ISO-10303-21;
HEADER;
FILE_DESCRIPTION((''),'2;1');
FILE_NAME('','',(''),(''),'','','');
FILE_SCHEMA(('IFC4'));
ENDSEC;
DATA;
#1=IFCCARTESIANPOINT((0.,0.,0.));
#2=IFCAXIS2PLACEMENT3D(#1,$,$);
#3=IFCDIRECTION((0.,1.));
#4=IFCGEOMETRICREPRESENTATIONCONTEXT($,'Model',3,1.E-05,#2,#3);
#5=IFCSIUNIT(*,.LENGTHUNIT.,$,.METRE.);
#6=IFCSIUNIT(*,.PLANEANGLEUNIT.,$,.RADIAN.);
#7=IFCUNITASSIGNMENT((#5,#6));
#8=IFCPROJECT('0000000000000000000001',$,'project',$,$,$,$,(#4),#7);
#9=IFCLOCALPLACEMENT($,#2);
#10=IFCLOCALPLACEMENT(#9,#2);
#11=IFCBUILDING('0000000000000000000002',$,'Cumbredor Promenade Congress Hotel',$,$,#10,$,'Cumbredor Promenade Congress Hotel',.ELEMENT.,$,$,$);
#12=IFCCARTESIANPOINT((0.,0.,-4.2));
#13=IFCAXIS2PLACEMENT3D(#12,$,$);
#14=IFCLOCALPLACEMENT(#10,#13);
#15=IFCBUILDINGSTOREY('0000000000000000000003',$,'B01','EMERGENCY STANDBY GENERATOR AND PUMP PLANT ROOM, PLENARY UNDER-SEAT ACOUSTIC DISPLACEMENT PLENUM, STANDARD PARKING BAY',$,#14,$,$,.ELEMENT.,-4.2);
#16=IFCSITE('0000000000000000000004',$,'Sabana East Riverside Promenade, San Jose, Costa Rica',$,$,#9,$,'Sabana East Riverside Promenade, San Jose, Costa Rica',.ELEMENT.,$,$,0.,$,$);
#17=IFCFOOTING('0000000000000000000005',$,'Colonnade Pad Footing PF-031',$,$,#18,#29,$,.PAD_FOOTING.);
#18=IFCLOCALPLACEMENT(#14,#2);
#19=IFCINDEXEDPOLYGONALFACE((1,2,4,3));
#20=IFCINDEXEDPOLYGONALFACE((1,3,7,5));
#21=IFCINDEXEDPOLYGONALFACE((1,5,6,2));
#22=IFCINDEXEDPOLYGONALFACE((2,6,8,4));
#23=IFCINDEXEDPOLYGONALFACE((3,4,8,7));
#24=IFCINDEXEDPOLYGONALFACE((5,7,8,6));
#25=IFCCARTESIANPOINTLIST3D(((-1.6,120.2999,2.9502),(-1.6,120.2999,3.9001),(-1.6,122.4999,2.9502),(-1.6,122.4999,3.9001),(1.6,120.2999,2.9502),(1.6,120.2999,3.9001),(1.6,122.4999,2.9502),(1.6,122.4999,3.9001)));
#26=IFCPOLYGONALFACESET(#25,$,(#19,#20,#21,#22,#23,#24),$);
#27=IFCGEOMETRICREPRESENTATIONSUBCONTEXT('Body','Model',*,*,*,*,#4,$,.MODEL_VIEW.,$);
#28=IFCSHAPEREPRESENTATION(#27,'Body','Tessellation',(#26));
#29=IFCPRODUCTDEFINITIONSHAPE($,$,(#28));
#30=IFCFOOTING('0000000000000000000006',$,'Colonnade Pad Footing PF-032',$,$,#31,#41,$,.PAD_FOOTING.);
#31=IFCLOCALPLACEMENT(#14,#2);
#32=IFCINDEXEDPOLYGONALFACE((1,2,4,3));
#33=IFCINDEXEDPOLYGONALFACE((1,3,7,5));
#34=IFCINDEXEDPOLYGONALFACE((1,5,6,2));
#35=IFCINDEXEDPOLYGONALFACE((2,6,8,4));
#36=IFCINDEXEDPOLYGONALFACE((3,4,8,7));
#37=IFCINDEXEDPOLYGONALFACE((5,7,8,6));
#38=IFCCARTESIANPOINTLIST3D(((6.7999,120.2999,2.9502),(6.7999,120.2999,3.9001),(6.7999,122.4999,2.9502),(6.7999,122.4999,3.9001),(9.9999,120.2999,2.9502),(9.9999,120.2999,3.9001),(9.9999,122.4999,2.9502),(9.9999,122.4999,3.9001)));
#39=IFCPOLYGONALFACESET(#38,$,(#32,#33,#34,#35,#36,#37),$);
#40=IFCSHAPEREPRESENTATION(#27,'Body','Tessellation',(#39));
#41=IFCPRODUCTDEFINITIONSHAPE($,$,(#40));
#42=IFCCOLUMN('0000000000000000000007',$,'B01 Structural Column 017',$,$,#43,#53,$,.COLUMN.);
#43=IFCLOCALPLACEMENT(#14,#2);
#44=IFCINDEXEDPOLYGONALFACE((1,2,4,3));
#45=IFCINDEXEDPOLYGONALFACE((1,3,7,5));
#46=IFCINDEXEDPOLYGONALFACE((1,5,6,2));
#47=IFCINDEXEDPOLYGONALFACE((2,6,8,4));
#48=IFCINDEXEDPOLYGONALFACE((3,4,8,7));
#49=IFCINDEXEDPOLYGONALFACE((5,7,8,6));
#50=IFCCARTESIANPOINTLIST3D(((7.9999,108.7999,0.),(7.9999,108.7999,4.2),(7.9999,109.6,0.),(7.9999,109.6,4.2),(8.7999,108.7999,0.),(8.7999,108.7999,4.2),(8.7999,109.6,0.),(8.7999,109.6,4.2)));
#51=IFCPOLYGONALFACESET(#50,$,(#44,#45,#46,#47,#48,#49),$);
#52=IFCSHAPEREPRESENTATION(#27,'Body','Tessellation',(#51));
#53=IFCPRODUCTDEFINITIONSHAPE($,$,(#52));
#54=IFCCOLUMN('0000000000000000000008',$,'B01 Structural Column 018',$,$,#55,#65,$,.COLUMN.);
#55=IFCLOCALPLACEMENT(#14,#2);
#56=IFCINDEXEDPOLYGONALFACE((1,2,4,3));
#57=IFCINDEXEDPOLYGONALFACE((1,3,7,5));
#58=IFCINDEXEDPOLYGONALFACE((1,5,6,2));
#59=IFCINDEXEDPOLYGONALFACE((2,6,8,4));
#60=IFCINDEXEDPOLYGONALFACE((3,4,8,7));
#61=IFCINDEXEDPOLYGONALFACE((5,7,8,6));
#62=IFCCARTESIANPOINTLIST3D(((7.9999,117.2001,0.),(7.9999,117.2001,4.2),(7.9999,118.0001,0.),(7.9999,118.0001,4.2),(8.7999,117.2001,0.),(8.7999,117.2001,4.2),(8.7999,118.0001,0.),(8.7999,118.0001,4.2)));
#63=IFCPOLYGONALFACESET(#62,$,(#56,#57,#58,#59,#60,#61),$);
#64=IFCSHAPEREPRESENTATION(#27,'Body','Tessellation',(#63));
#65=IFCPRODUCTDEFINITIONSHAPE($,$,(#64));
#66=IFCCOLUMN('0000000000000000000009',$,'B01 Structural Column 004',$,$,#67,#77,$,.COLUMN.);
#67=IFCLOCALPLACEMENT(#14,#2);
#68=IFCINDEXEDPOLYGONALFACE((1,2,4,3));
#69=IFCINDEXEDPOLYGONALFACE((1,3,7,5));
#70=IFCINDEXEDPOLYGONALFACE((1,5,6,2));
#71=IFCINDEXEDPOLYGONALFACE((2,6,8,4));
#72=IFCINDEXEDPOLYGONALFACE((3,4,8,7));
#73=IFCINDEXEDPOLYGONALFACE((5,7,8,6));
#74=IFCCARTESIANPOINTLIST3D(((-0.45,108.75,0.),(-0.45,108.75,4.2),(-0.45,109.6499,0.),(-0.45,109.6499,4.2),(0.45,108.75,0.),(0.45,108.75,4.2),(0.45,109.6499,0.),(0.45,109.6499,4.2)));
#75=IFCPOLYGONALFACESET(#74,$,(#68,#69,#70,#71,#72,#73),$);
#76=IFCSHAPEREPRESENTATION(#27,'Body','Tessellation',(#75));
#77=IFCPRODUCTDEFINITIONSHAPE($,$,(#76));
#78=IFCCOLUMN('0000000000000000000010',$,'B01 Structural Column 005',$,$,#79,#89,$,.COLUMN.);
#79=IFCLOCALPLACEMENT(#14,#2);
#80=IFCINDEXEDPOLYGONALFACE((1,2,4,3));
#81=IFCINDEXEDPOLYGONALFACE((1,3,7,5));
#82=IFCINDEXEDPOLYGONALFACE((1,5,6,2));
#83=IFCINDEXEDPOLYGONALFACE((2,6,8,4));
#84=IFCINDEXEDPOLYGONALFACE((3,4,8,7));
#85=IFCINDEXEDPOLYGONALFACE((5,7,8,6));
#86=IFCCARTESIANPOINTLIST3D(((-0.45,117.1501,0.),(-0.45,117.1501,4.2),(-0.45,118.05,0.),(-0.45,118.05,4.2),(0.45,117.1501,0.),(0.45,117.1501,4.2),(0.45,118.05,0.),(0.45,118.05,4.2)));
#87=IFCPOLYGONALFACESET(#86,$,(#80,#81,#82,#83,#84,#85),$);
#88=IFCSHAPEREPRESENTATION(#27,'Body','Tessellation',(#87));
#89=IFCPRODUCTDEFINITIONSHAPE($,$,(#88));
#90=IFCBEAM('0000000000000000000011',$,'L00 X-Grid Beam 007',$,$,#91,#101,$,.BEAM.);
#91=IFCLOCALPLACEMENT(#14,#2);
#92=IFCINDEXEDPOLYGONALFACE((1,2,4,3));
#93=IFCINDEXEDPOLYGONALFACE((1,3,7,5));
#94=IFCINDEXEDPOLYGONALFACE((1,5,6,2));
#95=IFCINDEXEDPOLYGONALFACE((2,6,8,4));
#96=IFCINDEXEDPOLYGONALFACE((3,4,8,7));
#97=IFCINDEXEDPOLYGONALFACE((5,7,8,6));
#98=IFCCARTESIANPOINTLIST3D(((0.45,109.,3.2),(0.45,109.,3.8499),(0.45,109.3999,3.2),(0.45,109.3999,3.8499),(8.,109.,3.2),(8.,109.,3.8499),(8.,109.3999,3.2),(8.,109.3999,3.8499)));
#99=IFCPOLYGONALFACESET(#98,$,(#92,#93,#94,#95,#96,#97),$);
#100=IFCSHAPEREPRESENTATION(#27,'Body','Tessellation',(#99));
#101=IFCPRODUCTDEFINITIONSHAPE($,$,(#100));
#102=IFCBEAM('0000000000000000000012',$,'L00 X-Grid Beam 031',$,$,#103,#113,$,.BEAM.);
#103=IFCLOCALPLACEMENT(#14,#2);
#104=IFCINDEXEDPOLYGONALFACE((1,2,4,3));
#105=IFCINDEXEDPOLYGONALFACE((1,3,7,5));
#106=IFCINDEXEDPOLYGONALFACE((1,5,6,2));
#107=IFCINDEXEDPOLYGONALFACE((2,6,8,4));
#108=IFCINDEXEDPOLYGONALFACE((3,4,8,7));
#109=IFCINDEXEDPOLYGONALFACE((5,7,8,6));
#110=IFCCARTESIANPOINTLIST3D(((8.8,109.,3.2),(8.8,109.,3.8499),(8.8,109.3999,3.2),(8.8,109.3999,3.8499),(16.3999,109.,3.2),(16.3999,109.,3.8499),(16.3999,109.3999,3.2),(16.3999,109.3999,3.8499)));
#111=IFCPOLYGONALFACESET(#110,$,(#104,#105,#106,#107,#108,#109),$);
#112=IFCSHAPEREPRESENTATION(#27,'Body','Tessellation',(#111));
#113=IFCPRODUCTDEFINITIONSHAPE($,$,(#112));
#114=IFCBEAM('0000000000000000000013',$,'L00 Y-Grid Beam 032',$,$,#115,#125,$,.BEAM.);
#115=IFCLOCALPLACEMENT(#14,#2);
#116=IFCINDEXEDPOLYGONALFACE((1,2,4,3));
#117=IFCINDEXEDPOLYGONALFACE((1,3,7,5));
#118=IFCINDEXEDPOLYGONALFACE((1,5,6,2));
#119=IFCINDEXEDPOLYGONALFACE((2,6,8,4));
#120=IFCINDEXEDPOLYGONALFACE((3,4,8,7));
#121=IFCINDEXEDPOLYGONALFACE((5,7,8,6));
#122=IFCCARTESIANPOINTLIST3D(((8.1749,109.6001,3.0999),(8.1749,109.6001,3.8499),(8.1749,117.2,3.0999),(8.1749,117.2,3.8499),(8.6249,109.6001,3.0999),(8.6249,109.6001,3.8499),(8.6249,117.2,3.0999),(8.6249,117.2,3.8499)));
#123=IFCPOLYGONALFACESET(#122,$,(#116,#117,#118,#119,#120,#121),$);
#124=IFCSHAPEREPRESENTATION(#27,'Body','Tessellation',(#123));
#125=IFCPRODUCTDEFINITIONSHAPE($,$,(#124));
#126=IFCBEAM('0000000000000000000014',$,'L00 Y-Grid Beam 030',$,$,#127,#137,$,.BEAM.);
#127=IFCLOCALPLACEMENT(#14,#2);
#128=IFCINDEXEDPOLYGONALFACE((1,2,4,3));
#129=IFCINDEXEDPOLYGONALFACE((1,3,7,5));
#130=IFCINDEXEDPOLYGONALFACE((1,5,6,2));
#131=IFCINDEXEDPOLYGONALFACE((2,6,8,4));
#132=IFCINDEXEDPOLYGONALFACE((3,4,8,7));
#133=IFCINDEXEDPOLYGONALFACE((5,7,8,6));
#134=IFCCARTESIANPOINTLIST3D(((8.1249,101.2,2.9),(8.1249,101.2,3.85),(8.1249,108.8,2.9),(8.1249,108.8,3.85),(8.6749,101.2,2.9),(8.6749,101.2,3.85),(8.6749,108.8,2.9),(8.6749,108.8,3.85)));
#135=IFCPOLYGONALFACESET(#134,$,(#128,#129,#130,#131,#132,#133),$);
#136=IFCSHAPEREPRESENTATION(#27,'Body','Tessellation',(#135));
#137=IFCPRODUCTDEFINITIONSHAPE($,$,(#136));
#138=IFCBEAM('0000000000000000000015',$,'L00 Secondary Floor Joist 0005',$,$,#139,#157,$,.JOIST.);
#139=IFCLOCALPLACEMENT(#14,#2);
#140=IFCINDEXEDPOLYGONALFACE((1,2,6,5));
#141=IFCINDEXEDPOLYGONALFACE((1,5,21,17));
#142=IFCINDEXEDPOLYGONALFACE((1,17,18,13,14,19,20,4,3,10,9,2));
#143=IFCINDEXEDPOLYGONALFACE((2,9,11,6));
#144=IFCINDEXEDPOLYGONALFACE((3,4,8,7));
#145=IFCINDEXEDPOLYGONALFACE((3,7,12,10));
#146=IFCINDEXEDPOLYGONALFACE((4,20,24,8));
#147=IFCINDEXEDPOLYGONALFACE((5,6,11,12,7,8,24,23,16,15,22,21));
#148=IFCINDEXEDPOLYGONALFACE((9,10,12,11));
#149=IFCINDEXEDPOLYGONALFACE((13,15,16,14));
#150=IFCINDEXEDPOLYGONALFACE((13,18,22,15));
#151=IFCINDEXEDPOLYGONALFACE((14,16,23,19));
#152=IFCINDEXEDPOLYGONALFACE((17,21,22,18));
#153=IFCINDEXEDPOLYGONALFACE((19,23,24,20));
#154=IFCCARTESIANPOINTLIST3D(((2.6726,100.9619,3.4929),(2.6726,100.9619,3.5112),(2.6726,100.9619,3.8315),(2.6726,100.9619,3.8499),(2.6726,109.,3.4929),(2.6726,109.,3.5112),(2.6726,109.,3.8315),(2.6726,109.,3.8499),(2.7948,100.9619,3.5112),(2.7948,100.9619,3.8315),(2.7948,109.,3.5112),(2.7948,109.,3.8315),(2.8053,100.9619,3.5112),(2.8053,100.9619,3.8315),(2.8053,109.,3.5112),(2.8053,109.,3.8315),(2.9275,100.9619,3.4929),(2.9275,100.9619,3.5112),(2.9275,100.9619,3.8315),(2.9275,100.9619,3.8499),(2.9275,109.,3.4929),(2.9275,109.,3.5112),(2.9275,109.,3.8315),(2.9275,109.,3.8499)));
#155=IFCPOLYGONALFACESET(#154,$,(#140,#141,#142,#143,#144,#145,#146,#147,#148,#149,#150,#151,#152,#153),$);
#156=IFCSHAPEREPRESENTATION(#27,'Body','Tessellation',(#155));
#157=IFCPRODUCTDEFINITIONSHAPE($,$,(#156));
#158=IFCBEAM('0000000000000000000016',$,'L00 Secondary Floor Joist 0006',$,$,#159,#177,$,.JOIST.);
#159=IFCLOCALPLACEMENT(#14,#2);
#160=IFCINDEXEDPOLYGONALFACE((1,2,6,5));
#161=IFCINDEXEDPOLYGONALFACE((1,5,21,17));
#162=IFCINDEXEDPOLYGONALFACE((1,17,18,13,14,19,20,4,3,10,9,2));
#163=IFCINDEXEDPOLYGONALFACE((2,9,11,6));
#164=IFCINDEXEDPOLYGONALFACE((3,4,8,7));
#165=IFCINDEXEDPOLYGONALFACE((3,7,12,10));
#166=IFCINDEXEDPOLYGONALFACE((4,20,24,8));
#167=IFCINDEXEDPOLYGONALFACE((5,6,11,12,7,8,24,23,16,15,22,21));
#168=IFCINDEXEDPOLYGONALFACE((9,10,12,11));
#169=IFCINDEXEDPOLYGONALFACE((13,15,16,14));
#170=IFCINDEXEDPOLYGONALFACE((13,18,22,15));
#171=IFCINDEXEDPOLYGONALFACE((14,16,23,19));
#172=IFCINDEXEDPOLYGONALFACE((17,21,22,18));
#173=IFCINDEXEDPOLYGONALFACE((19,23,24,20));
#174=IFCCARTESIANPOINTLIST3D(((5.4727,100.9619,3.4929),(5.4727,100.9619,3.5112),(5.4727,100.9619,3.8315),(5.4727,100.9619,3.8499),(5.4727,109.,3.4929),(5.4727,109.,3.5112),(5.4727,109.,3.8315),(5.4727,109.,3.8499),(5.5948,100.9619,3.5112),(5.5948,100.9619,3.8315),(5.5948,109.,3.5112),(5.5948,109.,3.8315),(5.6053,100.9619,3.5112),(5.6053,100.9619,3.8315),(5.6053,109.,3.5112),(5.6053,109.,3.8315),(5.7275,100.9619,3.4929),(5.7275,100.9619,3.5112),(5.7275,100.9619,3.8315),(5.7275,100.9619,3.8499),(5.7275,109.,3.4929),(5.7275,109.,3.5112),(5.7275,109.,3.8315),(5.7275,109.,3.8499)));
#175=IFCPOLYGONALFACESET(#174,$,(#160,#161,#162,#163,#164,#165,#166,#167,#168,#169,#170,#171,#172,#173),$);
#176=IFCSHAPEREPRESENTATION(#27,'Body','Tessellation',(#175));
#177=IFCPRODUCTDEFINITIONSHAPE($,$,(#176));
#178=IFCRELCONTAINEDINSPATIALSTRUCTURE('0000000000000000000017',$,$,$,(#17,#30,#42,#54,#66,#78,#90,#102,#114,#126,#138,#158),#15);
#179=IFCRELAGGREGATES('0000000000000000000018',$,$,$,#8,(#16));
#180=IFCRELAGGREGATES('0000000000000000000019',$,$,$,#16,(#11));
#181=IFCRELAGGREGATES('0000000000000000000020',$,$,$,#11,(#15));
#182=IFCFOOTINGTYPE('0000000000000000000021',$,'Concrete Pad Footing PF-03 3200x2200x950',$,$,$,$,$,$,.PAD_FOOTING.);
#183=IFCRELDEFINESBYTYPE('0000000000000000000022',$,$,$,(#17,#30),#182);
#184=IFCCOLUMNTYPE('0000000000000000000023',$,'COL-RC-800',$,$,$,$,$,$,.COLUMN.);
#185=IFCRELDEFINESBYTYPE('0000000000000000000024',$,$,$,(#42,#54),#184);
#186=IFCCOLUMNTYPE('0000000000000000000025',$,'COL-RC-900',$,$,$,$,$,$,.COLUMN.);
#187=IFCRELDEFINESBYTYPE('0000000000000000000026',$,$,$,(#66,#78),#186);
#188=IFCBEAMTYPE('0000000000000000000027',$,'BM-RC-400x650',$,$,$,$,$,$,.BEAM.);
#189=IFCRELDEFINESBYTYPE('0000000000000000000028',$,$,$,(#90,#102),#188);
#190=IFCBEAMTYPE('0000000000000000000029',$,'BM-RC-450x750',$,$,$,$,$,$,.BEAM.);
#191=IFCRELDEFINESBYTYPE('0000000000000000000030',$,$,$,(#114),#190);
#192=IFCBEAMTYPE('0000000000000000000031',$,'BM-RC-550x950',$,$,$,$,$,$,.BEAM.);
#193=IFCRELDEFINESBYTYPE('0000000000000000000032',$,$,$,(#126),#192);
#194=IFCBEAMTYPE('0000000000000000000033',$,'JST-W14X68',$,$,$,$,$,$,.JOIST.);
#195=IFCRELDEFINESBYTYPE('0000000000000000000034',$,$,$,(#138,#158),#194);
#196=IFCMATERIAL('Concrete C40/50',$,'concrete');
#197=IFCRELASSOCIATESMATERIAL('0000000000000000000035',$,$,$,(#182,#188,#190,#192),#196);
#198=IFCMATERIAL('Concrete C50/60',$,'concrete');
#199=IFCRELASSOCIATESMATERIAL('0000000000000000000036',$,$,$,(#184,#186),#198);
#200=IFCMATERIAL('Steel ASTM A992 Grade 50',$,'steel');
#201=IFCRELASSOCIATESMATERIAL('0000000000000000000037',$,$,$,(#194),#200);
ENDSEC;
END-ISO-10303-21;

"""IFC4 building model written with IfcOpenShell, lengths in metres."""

from ifc_helpers import new_model, si_unit, direction, frame, origin, origin_2d, place, context, subcontext, project, spatial, rectangle, i_section, extrude, material, material_profile, profile_set, type_object, element, save


model = new_model("IFC4")

# Units and contexts
model_context = context("Model", 3, precision=1e-05, world=origin(), true_north=direction((0.0, 1.0)))
body_context = subcontext(model_context, "Body", "Model", "MODEL_VIEW")
ifc_project = project(units=[si_unit("LENGTHUNIT", "METRE"), si_unit("PLANEANGLEUNIT", "RADIAN")], contexts=[model_context])

# Site, building, storey
site_placement = place(None, origin())
site = spatial("IfcSite", under=ifc_project, at=site_placement, Name="Sabana East Riverside Promenade, San Jose, Costa Rica", LongName="Sabana East Riverside Promenade, San Jose, Costa Rica", CompositionType="ELEMENT", RefElevation=0.0)
building_placement = place(site_placement, origin())
building = spatial("IfcBuilding", under=site, at=building_placement, Name="Cumbredor Promenade Congress Hotel", LongName="Cumbredor Promenade Congress Hotel", CompositionType="ELEMENT")
storey_placement = place(building_placement, frame((0.0, 0.0, -4.2)))
storey = spatial("IfcBuildingStorey", under=building, at=storey_placement, Name="B01", Description="EMERGENCY STANDBY GENERATOR AND PUMP PLANT ROOM, PLENARY UNDER-SEAT ACOUSTIC DISPLACEMENT PLENUM, STANDARD PARKING BAY", CompositionType="ELEMENT", Elevation=-4.2)

# Footings
ifc_material_1 = material(Name="Concrete C40/50", Category="concrete")
footing_type = type_object("IfcFootingType", Name="Concrete Pad Footing PF-03 3200x2200x950", PredefinedType="PAD_FOOTING", material=ifc_material_1)
for number, where, z_axis, x_axis, name in (
    (1, (0.0, 121.3999, 2.9502), (0.0, 0.0, 1.0), (1.0, 0.0, 0.0), "Colonnade Pad Footing PF-031"),
    (2, (8.3999, 121.3999, 2.9502), (0.0, 0.0, 1.0), (1.0, 0.0, 0.0), "Colonnade Pad Footing PF-032"),
):
    element("IfcFooting", number, at=place(storey_placement, frame(where, z_axis=z_axis, x_axis=x_axis)), inside=storey, type_object=footing_type, Name=name, PredefinedType="PAD_FOOTING", context=body_context, shape_type="SweptSolid", body=[
        extrude(rectangle(XDim=3.2, YDim=2.2, at=origin_2d()), origin(), (0.0, 0.0, 1.0), 0.95),
    ])

# Columns
ifc_material_2 = material(Name="Concrete C50/60", Category="concrete")
ifc_material_profile_1 = material_profile(ifc_material_2, rectangle(XDim=0.8, YDim=0.8, at=origin_2d()), Name="RC 800x800")
ifc_profile_set_1 = profile_set([ifc_material_profile_1], Name="Concrete C50/60")
column_type_1 = type_object("IfcColumnType", Name="COL-RC-800", PredefinedType="COLUMN", material=ifc_profile_set_1)
for number, where, z_axis, x_axis, name in (
    (3, (8.3999, 109.2, 0.0), (0.0, 0.0, 1.0), (1.0, 0.0, 0.0), "B01 Structural Column 017"),
    (4, (8.3999, 117.6001, 0.0), (0.0, 0.0, 1.0), (1.0, 0.0, 0.0), "B01 Structural Column 018"),
):
    element("IfcColumn", number, at=place(storey_placement, frame(where, z_axis=z_axis, x_axis=x_axis)), inside=storey, type_object=column_type_1, Name=name, PredefinedType="COLUMN", context=body_context, shape_type="SweptSolid", body=[
        extrude(rectangle(XDim=0.8, YDim=0.8, at=origin_2d()), origin(), (0.0, 0.0, 1.0), 4.2),
    ])
ifc_material_profile_2 = material_profile(ifc_material_2, rectangle(XDim=0.8999, YDim=0.8999, at=origin_2d()), Name="RC 900x900")
ifc_profile_set_2 = profile_set([ifc_material_profile_2], Name="Concrete C50/60")
column_type_2 = type_object("IfcColumnType", Name="COL-RC-900", PredefinedType="COLUMN", material=ifc_profile_set_2)
for number, where, z_axis, x_axis, name in (
    (5, (0.0, 109.2, 0.0), (0.0, 0.0, 1.0), (1.0, 0.0, 0.0), "B01 Structural Column 004"),
    (6, (0.0, 117.6001, 0.0), (0.0, 0.0, 1.0), (1.0, 0.0, 0.0), "B01 Structural Column 005"),
):
    element("IfcColumn", number, at=place(storey_placement, frame(where, z_axis=z_axis, x_axis=x_axis)), inside=storey, type_object=column_type_2, Name=name, PredefinedType="COLUMN", context=body_context, shape_type="SweptSolid", body=[
        extrude(rectangle(XDim=0.8999, YDim=0.8999, at=origin_2d()), origin(), (0.0, 0.0, 1.0), 4.2),
    ])

# Beams
ifc_material_profile_3 = material_profile(ifc_material_1, rectangle(XDim=0.3999, YDim=0.6499, at=origin_2d()), Name="RC BEAM 400x650")
ifc_profile_set_3 = profile_set([ifc_material_profile_3], Name="Concrete C40/50")
beam_type_1 = type_object("IfcBeamType", Name="BM-RC-400x650", PredefinedType="BEAM", material=ifc_profile_set_3)
beam_1_placement = place(storey_placement, frame((0.45, 109.2, 3.5249), z_axis=(1.0, 0.0, 0.0), x_axis=(0.0, 1.0, 0.0)))
element("IfcBeam", 7, at=beam_1_placement, inside=storey, type_object=beam_type_1, Name="L00 X-Grid Beam 007", PredefinedType="BEAM", context=body_context, shape_type="SweptSolid", body=[
    extrude(rectangle(XDim=0.3999, YDim=0.6499, at=origin_2d()), origin(), (0.0, 0.0, 1.0), 7.55),
])
beam_2_placement = place(storey_placement, frame((8.8, 109.2, 3.5249), z_axis=(1.0, 0.0, 0.0), x_axis=(0.0, 1.0, 0.0)))
element("IfcBeam", 8, at=beam_2_placement, inside=storey, type_object=beam_type_1, Name="L00 X-Grid Beam 031", PredefinedType="BEAM", context=body_context, shape_type="SweptSolid", body=[
    extrude(rectangle(XDim=0.3999, YDim=0.6499, at=origin_2d()), origin(), (0.0, 0.0, 1.0), 7.5999),
])
ifc_material_profile_4 = material_profile(ifc_material_1, rectangle(XDim=0.45, YDim=0.75, at=origin_2d()), Name="RC BEAM 450x750")
ifc_profile_set_4 = profile_set([ifc_material_profile_4], Name="Concrete C40/50")
beam_type_2 = type_object("IfcBeamType", Name="BM-RC-450x750", PredefinedType="BEAM", material=ifc_profile_set_4)
beam_3_placement = place(storey_placement, frame((8.3999, 109.6001, 3.4749), z_axis=(0.0, 1.0, 0.0), x_axis=(-1.0, 0.0, 0.0)))
element("IfcBeam", 9, at=beam_3_placement, inside=storey, type_object=beam_type_2, Name="L00 Y-Grid Beam 032", PredefinedType="BEAM", context=body_context, shape_type="SweptSolid", body=[
    extrude(rectangle(XDim=0.45, YDim=0.75, at=origin_2d()), origin(), (0.0, 0.0, 1.0), 7.5999),
])
ifc_material_profile_5 = material_profile(ifc_material_1, rectangle(XDim=0.55, YDim=0.95, at=origin_2d()), Name="RC BEAM 550x950")
ifc_profile_set_5 = profile_set([ifc_material_profile_5], Name="Concrete C40/50")
beam_type_3 = type_object("IfcBeamType", Name="BM-RC-550x950", PredefinedType="BEAM", material=ifc_profile_set_5)
beam_4_placement = place(storey_placement, frame((8.3999, 101.2, 3.375), z_axis=(0.0, 1.0, 0.0), x_axis=(-1.0, 0.0, 0.0)))
element("IfcBeam", 10, at=beam_4_placement, inside=storey, type_object=beam_type_3, Name="L00 Y-Grid Beam 030", PredefinedType="BEAM", context=body_context, shape_type="SweptSolid", body=[
    extrude(rectangle(XDim=0.55, YDim=0.95, at=origin_2d()), origin(), (0.0, 0.0, 1.0), 7.6001),
])
ifc_material_3 = material(Name="Steel ASTM A992 Grade 50", Category="steel")
ifc_material_profile_6 = material_profile(ifc_material_3, i_section(OverallWidth=0.2549, OverallDepth=0.3569, WebThickness=0.0105, FlangeThickness=0.0183, at=origin_2d()), Name="W14X68")
ifc_profile_set_6 = profile_set([ifc_material_profile_6], Name="Steel ASTM A992 Grade 50")
beam_type_4 = type_object("IfcBeamType", Name="JST-W14X68", PredefinedType="JOIST", material=ifc_profile_set_6)
for number, where, z_axis, x_axis, name in (
    (11, (2.8, 100.9619, 3.6714), (0.0, 1.0, 0.0), (-1.0, 0.0, 0.0), "L00 Secondary Floor Joist 0005"),
    (12, (5.6001, 100.9619, 3.6714), (0.0, 1.0, 0.0), (-1.0, 0.0, 0.0), "L00 Secondary Floor Joist 0006"),
):
    element("IfcBeam", number, at=place(storey_placement, frame(where, z_axis=z_axis, x_axis=x_axis)), inside=storey, type_object=beam_type_4, Name=name, PredefinedType="JOIST", context=body_context, shape_type="SweptSolid", body=[
        extrude(i_section(OverallWidth=0.2549, OverallDepth=0.3569, WebThickness=0.0105, FlangeThickness=0.0183, at=origin_2d()), origin(), (0.0, 0.0, 1.0), 8.0381),
    ])

save(model, "model.ifc")
